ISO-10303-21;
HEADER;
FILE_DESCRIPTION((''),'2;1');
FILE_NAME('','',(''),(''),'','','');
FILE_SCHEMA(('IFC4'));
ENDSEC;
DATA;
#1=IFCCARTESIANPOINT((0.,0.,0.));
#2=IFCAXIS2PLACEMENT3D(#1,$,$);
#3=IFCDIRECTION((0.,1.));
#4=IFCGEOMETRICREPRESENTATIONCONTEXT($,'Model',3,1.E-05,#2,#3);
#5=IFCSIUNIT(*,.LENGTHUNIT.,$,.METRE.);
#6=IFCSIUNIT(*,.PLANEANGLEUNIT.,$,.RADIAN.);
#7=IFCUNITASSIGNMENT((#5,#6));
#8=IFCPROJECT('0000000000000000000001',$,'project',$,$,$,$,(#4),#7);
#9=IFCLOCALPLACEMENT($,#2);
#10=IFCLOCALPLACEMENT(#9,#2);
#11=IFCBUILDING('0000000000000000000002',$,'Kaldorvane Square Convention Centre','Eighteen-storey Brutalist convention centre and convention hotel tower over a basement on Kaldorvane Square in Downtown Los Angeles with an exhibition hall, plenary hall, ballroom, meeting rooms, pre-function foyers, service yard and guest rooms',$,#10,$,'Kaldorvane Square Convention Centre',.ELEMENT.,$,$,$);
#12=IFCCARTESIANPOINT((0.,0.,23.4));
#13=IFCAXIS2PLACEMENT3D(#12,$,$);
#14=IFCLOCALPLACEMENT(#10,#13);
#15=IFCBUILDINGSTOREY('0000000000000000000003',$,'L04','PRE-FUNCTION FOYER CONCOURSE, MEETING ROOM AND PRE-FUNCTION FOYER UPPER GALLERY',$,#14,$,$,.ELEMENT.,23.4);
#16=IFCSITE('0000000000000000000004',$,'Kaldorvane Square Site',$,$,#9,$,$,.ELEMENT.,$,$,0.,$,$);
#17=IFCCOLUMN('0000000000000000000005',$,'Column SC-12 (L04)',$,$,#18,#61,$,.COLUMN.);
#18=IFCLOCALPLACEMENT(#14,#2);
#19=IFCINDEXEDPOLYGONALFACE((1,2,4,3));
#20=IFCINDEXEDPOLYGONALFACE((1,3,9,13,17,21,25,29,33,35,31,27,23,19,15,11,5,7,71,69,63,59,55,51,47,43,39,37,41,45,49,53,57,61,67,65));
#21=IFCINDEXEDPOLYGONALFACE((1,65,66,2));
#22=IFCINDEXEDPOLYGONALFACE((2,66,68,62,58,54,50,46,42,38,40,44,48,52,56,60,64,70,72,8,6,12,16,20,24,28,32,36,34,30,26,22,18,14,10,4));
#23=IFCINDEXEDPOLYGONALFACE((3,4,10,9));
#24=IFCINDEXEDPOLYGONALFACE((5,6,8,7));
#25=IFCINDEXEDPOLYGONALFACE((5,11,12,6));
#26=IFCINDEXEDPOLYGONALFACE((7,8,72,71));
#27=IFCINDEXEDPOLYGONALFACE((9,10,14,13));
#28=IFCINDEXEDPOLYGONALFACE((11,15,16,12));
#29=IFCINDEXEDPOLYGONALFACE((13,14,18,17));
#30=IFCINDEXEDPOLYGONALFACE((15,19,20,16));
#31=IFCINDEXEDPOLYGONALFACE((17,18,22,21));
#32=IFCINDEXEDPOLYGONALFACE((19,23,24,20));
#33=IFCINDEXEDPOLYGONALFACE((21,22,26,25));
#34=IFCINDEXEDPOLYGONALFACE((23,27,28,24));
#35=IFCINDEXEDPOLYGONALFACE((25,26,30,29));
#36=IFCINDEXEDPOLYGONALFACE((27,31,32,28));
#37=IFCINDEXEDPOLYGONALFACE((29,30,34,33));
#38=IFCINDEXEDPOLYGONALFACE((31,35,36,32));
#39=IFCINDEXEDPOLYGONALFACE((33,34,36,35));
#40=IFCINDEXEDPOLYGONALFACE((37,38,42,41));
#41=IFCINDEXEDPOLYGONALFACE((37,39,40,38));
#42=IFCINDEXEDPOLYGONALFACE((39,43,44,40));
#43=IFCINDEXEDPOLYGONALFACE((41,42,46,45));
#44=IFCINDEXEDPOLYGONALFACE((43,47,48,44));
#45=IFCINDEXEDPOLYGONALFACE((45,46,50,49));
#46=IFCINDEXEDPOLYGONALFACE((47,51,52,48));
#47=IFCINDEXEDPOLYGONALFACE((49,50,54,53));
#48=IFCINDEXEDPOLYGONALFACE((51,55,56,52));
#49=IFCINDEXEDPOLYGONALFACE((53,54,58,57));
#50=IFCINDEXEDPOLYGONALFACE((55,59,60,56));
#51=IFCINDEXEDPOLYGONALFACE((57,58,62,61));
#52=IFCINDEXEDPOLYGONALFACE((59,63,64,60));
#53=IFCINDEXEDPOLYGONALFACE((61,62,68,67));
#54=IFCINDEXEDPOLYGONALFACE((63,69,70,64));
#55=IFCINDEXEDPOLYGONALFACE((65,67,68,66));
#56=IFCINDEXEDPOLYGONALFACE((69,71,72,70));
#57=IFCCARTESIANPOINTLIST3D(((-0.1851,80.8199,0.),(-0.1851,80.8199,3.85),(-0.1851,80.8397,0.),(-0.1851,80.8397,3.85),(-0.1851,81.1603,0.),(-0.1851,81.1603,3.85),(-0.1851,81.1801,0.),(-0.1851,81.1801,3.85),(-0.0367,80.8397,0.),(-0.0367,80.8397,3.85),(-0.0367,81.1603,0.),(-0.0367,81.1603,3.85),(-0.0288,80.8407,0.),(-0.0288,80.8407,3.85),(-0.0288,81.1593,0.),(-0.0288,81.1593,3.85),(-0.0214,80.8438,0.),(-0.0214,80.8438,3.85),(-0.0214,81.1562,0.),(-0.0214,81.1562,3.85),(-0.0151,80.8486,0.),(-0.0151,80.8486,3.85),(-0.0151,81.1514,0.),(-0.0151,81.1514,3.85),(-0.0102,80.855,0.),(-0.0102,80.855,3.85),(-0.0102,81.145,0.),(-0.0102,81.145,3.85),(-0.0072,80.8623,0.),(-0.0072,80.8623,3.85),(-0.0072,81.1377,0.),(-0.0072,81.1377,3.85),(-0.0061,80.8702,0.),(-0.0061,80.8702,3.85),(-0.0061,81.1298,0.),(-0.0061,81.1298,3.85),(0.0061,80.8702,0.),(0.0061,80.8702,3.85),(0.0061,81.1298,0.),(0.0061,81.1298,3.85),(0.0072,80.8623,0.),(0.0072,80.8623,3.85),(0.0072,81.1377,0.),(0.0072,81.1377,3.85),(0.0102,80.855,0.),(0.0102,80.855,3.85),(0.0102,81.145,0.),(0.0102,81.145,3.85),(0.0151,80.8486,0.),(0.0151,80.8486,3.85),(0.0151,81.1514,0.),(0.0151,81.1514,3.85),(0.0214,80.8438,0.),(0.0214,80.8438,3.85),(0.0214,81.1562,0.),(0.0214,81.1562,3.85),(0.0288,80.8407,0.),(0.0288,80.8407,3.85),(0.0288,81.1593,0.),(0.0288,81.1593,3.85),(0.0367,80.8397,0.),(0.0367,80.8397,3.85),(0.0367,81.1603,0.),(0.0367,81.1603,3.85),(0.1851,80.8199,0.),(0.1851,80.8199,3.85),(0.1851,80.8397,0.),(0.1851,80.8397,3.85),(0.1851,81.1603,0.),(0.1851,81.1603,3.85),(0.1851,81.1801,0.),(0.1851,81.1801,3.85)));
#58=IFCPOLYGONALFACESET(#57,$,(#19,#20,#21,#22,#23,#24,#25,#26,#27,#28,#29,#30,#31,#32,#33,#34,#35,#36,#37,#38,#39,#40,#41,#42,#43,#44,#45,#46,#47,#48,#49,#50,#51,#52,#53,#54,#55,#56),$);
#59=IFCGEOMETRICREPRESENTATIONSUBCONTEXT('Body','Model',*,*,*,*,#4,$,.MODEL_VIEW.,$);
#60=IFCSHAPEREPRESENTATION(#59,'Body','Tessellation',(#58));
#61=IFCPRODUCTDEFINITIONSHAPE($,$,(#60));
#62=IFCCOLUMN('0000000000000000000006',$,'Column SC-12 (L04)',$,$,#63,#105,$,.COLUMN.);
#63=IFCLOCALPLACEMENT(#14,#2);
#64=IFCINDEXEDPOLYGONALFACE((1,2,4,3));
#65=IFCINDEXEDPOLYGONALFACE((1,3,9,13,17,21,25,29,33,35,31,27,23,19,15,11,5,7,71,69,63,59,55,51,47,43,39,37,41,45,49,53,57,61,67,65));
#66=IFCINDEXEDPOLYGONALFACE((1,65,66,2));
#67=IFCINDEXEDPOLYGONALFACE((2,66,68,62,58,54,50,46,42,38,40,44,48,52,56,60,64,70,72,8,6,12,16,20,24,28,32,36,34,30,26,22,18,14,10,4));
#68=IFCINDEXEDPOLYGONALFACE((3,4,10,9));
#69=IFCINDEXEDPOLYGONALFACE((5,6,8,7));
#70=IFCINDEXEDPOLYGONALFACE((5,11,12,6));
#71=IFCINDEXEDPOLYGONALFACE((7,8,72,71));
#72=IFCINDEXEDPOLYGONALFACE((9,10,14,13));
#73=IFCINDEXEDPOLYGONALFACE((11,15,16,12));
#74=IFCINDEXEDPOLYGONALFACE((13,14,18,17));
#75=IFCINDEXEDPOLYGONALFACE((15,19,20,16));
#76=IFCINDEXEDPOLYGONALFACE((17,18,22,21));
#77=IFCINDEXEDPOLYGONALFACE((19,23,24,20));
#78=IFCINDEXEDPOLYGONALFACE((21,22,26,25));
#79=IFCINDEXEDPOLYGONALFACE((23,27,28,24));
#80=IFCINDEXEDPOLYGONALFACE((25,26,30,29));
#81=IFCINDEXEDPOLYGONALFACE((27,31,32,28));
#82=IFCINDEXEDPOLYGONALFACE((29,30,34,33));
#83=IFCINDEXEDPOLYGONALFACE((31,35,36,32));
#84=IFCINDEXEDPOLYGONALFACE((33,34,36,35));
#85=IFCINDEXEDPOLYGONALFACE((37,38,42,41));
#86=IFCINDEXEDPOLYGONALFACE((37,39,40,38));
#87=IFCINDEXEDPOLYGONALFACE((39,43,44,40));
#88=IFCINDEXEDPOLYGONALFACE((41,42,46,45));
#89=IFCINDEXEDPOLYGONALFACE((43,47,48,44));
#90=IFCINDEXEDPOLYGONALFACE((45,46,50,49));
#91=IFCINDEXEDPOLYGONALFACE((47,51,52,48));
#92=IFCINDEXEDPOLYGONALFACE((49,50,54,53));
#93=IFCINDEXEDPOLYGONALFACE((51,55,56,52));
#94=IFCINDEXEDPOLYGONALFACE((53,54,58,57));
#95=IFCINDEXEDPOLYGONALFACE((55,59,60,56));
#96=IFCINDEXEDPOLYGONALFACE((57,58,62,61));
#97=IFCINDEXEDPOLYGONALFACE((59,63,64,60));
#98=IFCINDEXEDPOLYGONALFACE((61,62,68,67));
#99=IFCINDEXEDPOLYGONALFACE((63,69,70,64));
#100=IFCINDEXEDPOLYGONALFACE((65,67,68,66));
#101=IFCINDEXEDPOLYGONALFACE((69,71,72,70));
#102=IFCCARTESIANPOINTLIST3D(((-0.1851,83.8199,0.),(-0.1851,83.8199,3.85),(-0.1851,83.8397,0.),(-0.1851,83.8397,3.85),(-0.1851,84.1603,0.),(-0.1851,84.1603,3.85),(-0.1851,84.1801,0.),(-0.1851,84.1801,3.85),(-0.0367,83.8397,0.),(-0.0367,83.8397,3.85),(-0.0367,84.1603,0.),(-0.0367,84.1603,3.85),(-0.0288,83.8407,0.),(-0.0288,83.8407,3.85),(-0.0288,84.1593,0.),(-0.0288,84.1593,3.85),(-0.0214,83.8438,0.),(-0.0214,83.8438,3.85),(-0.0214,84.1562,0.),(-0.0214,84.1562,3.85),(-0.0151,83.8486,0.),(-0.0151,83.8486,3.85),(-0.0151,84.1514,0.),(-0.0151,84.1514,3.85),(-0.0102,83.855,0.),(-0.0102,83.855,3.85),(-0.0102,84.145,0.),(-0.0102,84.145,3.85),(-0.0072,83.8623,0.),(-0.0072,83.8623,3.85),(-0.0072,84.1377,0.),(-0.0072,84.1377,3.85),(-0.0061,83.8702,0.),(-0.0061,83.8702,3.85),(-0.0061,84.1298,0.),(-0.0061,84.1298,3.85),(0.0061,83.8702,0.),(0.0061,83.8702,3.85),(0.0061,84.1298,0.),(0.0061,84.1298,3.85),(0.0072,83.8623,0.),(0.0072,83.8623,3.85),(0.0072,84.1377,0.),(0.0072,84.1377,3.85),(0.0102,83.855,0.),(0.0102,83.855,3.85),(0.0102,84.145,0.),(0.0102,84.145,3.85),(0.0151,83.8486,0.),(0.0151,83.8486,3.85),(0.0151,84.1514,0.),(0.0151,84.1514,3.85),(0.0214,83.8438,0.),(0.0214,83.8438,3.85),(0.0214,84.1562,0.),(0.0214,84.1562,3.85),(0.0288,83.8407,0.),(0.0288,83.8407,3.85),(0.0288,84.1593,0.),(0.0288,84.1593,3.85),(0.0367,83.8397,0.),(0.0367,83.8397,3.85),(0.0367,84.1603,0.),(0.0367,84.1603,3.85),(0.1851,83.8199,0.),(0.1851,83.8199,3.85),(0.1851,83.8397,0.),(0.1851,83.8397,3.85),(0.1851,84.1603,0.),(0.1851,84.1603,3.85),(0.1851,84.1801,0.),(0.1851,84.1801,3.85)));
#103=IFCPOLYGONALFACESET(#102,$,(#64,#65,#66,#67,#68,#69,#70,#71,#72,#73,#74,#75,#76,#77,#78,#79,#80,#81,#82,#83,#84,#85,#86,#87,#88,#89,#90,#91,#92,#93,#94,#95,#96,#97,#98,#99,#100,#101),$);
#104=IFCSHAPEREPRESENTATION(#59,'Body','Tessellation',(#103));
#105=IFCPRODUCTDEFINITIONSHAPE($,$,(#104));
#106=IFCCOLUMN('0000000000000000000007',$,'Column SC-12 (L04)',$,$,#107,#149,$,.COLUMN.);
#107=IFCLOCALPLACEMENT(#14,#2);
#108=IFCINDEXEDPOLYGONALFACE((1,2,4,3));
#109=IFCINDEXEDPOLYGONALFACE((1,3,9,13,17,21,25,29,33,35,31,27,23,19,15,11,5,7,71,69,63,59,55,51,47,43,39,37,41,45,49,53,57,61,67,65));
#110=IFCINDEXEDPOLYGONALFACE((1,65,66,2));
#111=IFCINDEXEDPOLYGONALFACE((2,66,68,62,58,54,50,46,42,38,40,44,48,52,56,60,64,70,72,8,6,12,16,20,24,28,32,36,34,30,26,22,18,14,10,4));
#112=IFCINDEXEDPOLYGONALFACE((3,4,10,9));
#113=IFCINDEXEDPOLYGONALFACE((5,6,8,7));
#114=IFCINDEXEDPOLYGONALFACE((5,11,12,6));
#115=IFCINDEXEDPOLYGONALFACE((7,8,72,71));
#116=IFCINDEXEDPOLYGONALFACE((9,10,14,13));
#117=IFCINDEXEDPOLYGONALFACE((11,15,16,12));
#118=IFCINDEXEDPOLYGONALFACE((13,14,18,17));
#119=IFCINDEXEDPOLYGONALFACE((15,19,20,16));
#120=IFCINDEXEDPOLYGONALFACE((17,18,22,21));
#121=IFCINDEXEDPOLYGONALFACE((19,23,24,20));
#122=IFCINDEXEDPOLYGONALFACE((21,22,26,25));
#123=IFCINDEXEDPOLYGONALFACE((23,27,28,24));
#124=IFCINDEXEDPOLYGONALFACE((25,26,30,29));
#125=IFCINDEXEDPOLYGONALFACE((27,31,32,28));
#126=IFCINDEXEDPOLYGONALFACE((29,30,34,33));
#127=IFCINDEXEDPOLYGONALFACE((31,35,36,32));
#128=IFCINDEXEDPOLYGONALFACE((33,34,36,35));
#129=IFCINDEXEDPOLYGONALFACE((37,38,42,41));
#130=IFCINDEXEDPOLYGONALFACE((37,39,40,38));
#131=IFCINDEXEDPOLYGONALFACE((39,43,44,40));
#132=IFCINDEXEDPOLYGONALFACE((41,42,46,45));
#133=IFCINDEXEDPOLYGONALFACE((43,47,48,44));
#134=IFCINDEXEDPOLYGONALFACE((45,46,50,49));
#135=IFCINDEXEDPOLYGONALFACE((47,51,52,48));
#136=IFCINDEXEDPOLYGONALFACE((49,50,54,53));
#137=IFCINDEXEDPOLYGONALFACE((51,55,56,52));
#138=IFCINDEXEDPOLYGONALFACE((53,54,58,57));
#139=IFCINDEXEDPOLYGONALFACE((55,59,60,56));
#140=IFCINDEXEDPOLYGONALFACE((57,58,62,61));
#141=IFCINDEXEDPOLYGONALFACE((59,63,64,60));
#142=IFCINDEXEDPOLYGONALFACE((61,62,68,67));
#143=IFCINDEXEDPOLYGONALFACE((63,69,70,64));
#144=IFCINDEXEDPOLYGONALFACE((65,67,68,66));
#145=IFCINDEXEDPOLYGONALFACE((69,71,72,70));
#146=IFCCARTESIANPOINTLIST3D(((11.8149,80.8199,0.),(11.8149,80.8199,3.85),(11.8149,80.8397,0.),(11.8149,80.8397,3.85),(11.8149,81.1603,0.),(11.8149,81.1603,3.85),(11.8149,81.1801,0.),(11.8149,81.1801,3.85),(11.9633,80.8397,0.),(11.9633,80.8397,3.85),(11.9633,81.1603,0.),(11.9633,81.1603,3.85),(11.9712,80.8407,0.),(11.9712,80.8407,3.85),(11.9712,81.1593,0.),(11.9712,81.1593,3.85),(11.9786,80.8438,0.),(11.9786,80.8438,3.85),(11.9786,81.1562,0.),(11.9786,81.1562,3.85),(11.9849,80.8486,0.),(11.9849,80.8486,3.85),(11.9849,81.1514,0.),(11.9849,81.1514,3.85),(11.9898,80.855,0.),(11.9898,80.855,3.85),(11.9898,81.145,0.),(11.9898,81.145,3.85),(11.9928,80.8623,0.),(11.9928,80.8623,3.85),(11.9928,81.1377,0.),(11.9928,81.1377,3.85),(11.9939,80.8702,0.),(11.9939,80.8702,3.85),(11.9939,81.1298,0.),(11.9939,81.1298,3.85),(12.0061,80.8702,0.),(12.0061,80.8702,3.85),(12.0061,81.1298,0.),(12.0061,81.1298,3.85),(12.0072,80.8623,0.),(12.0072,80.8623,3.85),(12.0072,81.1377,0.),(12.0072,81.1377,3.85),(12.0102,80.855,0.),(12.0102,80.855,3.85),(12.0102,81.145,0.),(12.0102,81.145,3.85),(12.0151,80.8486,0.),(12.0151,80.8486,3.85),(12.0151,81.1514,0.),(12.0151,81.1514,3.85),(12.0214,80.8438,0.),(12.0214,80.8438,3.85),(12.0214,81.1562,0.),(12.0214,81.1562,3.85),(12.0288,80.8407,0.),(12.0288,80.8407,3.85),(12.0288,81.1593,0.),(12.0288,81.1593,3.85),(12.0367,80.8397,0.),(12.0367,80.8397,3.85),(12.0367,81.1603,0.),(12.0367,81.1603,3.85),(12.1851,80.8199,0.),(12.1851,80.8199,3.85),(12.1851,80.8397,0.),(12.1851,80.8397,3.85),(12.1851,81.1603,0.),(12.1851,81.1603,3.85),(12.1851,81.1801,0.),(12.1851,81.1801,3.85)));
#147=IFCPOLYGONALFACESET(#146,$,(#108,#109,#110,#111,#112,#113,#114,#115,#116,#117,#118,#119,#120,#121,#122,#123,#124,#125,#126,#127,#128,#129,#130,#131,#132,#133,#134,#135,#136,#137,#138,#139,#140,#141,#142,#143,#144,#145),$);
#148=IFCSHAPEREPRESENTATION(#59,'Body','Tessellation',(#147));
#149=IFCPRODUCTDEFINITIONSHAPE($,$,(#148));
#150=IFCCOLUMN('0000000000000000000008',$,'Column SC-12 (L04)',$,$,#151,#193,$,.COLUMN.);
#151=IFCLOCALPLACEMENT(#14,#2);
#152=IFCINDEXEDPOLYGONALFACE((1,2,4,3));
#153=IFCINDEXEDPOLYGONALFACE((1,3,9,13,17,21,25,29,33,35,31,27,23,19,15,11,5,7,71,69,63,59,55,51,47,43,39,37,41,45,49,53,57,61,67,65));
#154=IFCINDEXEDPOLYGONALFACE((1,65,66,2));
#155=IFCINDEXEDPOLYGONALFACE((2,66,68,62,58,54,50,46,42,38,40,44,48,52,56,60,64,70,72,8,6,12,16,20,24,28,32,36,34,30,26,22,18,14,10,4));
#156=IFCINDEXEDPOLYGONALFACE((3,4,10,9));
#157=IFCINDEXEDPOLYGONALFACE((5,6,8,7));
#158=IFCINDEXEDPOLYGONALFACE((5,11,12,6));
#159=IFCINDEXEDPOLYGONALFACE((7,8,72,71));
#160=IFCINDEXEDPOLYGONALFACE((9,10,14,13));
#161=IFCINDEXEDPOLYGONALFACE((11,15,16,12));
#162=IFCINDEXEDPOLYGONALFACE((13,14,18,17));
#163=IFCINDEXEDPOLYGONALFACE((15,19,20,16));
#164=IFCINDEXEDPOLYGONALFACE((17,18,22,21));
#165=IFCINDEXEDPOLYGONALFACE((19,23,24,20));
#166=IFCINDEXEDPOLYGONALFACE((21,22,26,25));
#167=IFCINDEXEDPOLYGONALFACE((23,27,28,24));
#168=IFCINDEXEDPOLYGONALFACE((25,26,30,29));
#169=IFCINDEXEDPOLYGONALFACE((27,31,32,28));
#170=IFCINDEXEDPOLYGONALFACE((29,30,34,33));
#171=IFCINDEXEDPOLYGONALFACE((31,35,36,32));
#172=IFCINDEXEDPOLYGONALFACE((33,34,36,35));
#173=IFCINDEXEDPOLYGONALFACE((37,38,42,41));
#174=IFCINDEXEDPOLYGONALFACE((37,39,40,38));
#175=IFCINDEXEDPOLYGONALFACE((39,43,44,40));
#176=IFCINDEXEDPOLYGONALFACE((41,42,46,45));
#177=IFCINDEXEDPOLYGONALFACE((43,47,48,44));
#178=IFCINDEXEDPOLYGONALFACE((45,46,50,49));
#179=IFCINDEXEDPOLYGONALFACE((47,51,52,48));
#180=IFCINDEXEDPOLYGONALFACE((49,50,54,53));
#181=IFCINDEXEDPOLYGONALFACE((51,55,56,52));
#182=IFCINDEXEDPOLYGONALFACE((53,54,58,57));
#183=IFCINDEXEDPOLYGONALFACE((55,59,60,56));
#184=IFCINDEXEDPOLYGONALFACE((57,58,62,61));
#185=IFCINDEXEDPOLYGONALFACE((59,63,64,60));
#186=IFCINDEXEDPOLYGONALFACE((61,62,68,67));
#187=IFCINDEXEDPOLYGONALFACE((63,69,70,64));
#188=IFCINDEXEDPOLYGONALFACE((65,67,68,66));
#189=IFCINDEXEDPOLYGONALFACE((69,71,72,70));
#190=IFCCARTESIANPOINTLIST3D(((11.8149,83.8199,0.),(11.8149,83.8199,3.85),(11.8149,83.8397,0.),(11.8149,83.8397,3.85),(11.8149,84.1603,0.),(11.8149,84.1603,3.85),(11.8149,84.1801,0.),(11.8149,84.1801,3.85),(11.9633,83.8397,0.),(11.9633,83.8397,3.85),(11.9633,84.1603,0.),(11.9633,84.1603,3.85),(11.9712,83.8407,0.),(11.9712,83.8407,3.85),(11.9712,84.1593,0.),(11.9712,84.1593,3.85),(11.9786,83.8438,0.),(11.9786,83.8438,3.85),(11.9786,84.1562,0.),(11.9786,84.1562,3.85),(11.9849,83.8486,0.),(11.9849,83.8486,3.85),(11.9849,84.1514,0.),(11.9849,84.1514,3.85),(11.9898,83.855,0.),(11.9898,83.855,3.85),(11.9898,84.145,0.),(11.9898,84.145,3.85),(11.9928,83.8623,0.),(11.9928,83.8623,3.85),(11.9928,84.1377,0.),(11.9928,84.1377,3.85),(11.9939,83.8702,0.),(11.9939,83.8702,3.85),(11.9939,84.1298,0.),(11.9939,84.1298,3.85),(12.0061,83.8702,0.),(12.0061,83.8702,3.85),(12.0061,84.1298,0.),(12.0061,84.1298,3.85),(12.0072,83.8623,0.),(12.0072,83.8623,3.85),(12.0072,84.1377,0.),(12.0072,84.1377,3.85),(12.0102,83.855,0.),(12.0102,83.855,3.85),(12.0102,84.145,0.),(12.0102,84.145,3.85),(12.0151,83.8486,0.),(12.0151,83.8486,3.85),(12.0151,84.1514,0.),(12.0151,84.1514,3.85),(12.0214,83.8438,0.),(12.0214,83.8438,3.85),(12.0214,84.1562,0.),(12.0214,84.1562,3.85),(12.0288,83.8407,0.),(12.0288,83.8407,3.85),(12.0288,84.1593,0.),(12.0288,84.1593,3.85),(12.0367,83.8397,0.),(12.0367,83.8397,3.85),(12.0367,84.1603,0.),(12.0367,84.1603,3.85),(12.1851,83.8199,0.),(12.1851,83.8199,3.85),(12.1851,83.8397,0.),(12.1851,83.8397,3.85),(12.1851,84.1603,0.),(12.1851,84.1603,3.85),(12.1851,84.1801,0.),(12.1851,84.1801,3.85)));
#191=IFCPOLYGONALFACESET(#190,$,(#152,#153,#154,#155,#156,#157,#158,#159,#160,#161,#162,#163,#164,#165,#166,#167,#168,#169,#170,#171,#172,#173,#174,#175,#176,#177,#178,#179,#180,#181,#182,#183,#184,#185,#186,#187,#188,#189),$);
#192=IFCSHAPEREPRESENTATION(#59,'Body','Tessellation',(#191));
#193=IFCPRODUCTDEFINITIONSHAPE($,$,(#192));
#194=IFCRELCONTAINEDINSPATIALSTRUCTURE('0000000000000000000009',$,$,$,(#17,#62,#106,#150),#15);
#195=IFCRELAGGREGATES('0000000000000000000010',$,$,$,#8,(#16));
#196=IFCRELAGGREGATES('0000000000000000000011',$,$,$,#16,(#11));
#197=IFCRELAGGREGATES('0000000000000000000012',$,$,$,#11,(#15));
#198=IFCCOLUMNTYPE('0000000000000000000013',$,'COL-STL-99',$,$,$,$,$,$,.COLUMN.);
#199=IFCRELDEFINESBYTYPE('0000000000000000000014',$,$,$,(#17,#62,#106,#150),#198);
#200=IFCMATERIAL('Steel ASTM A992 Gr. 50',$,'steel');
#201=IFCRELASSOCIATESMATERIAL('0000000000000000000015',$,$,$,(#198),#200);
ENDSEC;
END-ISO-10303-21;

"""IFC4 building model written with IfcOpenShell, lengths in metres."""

from ifc_helpers import new_model, si_unit, direction, frame, origin, origin_2d, place, context, subcontext, project, spatial, i_section, extrude, material, material_profile, profile_set, type_object, element, save


model = new_model("IFC4")

# Units and contexts
model_context = context("Model", 3, precision=1e-05, world=origin(), true_north=direction((0.0, 1.0)))
body_context = subcontext(model_context, "Body", "Model", "MODEL_VIEW")
ifc_project = project(units=[si_unit("LENGTHUNIT", "METRE"), si_unit("PLANEANGLEUNIT", "RADIAN")], contexts=[model_context])

# Site, building, storey
site_placement = place(None, origin())
site = spatial("IfcSite", under=ifc_project, at=site_placement, Name="Kaldorvane Square Site", CompositionType="ELEMENT", RefElevation=0.0)
building_placement = place(site_placement, origin())
building = spatial("IfcBuilding", under=site, at=building_placement, Name="Kaldorvane Square Convention Centre", Description="Eighteen-storey Brutalist convention centre and convention hotel tower over a basement on Kaldorvane Square in Downtown Los Angeles with an exhibition hall, plenary hall, ballroom, meeting rooms, pre-function foyers, service yard and guest rooms", LongName="Kaldorvane Square Convention Centre", CompositionType="ELEMENT")
storey_placement = place(building_placement, frame((0.0, 0.0, 23.4)))
storey = spatial("IfcBuildingStorey", under=building, at=storey_placement, Name="L04", Description="PRE-FUNCTION FOYER CONCOURSE, MEETING ROOM AND PRE-FUNCTION FOYER UPPER GALLERY", CompositionType="ELEMENT", Elevation=23.4)

# Columns
ifc_material_1 = material(Name="Steel ASTM A992 Gr. 50", Category="steel")
ifc_material_profile_1 = material_profile(ifc_material_1, i_section(OverallWidth=0.3701, OverallDepth=0.3602, WebThickness=0.0123, FlangeThickness=0.0198, FilletRadius=0.0305, at=origin_2d()), Name="W14X99")
ifc_profile_set_1 = profile_set([ifc_material_profile_1], Name="Steel ASTM A992 Gr. 50")
column_type = type_object("IfcColumnType", Name="COL-STL-99", PredefinedType="COLUMN", material=ifc_profile_set_1)
for number, where, z_axis, x_axis, name in (
    (1, (0.0, 81.0, 0.0), (0.0, 0.0, 1.0), (1.0, 0.0, 0.0), "Column SC-12 (L04)"),
    (2, (0.0, 84.0, 0.0), (0.0, 0.0, 1.0), (1.0, 0.0, 0.0), "Column SC-12 (L04)"),
    (3, (12.0, 81.0, 0.0), (0.0, 0.0, 1.0), (1.0, 0.0, 0.0), "Column SC-12 (L04)"),
    (4, (12.0, 84.0, 0.0), (0.0, 0.0, 1.0), (1.0, 0.0, 0.0), "Column SC-12 (L04)"),
):
    element("IfcColumn", number, at=place(storey_placement, frame(where, z_axis=z_axis, x_axis=x_axis)), inside=storey, type_object=column_type, Name=name, PredefinedType="COLUMN", context=body_context, shape_type="SweptSolid", body=[
        extrude(i_section(OverallWidth=0.3701, OverallDepth=0.3602, WebThickness=0.0123, FlangeThickness=0.0198, FilletRadius=0.0305, at=origin_2d()), origin(), (0.0, 0.0, 1.0), 3.85),
    ])

save(model, "model.ifc")
